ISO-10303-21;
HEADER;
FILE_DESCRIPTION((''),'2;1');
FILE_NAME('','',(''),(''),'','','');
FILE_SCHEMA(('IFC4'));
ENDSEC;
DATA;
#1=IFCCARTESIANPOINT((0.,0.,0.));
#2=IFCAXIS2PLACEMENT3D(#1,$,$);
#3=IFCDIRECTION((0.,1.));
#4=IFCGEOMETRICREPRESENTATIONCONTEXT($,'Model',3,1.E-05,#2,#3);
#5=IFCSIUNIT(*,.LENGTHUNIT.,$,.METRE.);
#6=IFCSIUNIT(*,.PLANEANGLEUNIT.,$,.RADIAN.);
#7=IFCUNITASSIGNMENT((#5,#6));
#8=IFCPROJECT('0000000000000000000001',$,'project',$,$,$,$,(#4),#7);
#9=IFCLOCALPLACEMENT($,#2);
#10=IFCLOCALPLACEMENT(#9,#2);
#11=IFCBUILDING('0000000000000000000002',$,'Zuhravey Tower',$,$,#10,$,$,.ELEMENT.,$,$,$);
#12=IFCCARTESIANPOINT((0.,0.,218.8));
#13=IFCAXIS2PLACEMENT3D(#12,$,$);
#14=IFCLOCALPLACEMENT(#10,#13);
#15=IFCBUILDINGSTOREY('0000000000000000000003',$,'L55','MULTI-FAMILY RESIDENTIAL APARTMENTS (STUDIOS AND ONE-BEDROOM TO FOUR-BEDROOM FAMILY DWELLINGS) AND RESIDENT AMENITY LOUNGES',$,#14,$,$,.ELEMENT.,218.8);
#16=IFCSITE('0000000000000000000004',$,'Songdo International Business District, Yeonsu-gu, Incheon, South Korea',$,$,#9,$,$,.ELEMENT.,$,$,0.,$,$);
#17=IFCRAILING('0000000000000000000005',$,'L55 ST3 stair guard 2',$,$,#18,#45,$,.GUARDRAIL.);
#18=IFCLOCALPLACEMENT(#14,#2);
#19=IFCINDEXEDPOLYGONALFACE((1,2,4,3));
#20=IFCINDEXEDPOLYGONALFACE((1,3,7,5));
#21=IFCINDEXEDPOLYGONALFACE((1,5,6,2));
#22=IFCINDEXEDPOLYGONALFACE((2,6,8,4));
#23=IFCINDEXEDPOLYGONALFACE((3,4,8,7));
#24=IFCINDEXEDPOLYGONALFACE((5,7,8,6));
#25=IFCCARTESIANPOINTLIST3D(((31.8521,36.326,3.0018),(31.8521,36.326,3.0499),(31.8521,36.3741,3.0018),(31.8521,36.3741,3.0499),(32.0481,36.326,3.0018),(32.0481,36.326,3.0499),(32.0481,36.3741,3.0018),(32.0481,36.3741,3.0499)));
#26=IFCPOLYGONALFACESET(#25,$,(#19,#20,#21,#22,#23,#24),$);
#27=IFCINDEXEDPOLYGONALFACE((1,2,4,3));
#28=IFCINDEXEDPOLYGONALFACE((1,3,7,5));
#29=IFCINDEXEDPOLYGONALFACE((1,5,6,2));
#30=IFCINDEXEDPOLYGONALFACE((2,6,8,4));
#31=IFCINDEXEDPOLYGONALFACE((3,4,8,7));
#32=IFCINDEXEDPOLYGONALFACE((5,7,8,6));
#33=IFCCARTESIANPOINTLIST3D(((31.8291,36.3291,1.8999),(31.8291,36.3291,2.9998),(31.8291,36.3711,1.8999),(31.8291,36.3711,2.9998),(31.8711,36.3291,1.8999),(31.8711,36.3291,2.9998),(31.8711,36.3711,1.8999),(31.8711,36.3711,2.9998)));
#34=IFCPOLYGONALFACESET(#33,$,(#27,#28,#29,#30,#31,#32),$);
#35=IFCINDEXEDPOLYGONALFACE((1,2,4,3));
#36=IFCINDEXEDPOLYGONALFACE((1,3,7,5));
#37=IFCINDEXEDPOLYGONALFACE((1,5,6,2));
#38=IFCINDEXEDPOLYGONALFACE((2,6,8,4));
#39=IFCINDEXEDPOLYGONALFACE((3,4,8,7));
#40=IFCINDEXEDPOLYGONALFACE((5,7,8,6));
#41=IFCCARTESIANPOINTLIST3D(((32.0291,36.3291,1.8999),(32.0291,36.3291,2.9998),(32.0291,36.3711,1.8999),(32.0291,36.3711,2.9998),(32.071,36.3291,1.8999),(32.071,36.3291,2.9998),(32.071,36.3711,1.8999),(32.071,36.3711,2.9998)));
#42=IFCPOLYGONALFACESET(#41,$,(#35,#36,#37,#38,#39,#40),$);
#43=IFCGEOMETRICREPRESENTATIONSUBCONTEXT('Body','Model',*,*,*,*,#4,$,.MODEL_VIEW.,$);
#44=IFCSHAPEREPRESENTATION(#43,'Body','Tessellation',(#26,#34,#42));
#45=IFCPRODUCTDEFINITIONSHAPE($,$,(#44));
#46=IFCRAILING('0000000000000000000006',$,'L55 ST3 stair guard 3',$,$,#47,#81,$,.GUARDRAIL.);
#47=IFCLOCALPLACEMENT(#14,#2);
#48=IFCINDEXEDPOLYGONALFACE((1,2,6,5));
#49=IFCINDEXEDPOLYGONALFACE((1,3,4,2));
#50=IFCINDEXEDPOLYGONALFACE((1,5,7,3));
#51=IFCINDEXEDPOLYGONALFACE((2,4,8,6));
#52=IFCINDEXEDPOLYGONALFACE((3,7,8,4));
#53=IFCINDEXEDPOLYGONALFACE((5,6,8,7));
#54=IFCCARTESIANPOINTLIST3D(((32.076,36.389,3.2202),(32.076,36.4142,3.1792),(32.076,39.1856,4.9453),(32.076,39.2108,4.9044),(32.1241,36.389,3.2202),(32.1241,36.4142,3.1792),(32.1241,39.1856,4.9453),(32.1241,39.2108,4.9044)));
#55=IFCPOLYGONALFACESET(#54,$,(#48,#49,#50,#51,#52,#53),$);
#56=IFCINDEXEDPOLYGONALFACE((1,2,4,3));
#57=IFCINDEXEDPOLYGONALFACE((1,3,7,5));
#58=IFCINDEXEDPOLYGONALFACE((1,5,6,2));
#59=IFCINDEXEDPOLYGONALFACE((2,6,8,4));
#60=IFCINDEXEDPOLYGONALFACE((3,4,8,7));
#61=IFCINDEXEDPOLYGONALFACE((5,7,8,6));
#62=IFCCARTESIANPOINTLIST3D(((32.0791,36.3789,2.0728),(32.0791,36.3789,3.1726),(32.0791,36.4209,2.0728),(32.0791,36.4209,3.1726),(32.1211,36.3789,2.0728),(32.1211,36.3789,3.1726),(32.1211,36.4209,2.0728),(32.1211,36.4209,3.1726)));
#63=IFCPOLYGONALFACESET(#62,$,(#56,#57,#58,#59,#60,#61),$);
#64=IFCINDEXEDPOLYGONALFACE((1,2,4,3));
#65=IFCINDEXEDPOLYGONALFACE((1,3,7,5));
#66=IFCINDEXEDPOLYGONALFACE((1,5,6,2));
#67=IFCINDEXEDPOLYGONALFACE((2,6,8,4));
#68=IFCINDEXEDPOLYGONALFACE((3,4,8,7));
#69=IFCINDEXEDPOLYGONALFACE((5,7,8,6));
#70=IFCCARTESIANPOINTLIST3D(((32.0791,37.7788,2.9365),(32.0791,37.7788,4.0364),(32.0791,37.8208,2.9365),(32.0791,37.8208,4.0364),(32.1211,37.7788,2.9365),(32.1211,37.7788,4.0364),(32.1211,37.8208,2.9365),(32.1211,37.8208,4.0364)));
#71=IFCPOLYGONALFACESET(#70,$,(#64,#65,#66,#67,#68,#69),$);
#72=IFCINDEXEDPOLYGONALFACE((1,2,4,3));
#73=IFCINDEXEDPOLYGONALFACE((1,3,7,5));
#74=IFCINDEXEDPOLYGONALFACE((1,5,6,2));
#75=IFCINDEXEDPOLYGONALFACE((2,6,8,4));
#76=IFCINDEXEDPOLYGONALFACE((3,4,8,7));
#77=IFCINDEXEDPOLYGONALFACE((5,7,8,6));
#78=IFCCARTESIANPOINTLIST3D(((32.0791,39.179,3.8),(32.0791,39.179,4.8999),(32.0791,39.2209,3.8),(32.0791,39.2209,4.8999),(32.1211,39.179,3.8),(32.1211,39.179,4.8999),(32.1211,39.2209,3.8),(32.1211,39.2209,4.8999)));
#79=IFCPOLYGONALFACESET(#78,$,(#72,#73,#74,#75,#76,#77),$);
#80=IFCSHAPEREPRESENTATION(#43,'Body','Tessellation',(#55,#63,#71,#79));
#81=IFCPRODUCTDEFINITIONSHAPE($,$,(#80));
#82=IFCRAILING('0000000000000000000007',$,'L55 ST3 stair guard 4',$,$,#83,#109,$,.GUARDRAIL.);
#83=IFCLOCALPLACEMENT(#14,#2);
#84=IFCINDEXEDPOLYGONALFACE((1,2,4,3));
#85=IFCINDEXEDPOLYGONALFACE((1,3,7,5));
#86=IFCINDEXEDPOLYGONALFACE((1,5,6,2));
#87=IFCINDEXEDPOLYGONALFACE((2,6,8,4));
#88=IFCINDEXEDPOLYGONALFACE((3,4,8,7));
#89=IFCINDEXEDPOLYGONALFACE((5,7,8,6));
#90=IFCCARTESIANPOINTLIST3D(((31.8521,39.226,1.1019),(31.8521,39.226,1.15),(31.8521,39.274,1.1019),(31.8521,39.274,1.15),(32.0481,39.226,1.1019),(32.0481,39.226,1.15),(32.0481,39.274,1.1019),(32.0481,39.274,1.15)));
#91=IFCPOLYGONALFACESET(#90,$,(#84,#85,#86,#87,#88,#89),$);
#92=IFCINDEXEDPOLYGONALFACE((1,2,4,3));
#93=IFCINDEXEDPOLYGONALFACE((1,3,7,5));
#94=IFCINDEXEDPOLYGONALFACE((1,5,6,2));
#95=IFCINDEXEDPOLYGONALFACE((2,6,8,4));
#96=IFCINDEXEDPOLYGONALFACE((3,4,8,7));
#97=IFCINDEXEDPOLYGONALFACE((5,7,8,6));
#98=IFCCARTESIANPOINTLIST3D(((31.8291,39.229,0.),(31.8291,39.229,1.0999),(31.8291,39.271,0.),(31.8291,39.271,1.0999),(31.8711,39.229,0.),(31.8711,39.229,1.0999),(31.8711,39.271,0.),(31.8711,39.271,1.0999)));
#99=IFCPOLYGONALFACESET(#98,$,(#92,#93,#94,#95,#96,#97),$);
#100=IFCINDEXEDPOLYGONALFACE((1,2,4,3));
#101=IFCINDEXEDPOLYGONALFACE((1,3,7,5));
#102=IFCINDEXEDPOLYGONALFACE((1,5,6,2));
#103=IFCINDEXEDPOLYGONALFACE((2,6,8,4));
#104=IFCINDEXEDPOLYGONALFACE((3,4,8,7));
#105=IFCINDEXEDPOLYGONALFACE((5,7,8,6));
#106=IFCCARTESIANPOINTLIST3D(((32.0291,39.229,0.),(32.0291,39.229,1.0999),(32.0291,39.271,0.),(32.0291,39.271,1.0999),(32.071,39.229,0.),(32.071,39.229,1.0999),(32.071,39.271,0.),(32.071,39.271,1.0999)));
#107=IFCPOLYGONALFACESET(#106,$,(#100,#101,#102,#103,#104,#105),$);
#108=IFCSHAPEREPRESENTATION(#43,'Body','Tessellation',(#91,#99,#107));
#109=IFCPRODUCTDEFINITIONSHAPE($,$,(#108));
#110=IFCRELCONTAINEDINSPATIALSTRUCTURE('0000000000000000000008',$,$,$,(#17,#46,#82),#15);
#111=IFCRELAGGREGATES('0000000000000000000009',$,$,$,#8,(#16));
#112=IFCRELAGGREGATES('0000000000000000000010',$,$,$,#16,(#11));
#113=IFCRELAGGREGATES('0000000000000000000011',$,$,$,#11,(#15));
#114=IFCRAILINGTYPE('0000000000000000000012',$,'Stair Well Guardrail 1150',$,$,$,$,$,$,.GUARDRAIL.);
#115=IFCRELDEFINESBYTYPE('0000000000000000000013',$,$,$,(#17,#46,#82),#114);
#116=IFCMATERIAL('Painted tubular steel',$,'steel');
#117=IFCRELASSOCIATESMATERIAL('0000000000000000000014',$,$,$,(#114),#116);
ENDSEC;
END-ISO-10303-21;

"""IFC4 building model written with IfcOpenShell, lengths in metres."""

from ifc_helpers import new_model, si_unit, direction, frame, origin, origin_2d, place, context, subcontext, project, spatial, rectangle, extrude, material, type_object, element, save


model = new_model("IFC4")

# Units and contexts
model_context = context("Model", 3, precision=1e-05, world=origin(), true_north=direction((0.0, 1.0)))
body_context = subcontext(model_context, "Body", "Model", "MODEL_VIEW")
ifc_project = project(units=[si_unit("LENGTHUNIT", "METRE"), si_unit("PLANEANGLEUNIT", "RADIAN")], contexts=[model_context])

# Site, building, storey
site_placement = place(None, origin())
site = spatial("IfcSite", under=ifc_project, at=site_placement, Name="Songdo International Business District, Yeonsu-gu, Incheon, South Korea", CompositionType="ELEMENT", RefElevation=0.0)
building_placement = place(site_placement, origin())
building = spatial("IfcBuilding", under=site, at=building_placement, Name="Zuhravey Tower", CompositionType="ELEMENT")
storey_placement = place(building_placement, frame((0.0, 0.0, 218.8)))
storey = spatial("IfcBuildingStorey", under=building, at=storey_placement, Name="L55", Description="MULTI-FAMILY RESIDENTIAL APARTMENTS (STUDIOS AND ONE-BEDROOM TO FOUR-BEDROOM FAMILY DWELLINGS) AND RESIDENT AMENITY LOUNGES", CompositionType="ELEMENT", Elevation=218.8)

# Railings
ifc_material_1 = material(Name="Painted tubular steel", Category="steel")
railing_type_1 = type_object("IfcRailingType", Name="Stair Well Guardrail 1150", PredefinedType="GUARDRAIL", material=ifc_material_1)
railing_1_placement = place(storey_placement, frame((31.8501, 36.3501, 1.8999)))
element("IfcRailing", 1, at=railing_1_placement, inside=storey, type_object=railing_type_1, Name="L55 ST3 stair guard 2", PredefinedType="GUARDRAIL", context=body_context, shape_type="SweptSolid", body=[
    extrude(rectangle(XDim=0.0481, YDim=0.0481, at=origin_2d()), frame((0.002, 0.0, 1.126), z_axis=(1.0, 0.0, 0.0), x_axis=(0.0, 1.0, 0.0)), (0.0, 0.0, 1.0), 0.196),
    extrude(rectangle(XDim=0.042, YDim=0.042, at=origin_2d()), origin(), (0.0, 0.0, 1.0), 1.0999),
    extrude(rectangle(XDim=0.042, YDim=0.042, at=origin_2d()), frame((0.2, 0.0, 0.0)), (0.0, 0.0, 1.0), 1.0999),
])
railing_2_placement = place(storey_placement, frame((32.1001, 36.3999, 2.0728)))
element("IfcRailing", 2, at=railing_2_placement, inside=storey, type_object=railing_type_1, Name="L55 ST3 stair guard 3", PredefinedType="GUARDRAIL", context=body_context, shape_type="SweptSolid", body=[
    extrude(rectangle(XDim=0.0481, YDim=0.0481, at=origin_2d()), frame((0.0, 0.0017, 1.127), z_axis=(0.0, 0.85109, 0.52502), x_axis=(-1.0, 0.0, 0.0)), (0.0, 0.0, 1.0), 3.2859),
    extrude(rectangle(XDim=0.042, YDim=0.042, at=origin_2d()), origin(), (0.0, 0.0, 1.0), 1.0999),
    extrude(rectangle(XDim=0.042, YDim=0.042, at=origin_2d()), frame((0.0, 1.3999, 0.8638)), (0.0, 0.0, 1.0), 1.0999),
    extrude(rectangle(XDim=0.042, YDim=0.042, at=origin_2d()), frame((0.0, 2.8, 1.7273)), (0.0, 0.0, 1.0), 1.0999),
])
railing_3_placement = place(storey_placement, frame((31.8501, 39.25, 0.0)))
element("IfcRailing", 3, at=railing_3_placement, inside=storey, type_object=railing_type_1, Name="L55 ST3 stair guard 4", PredefinedType="GUARDRAIL", context=body_context, shape_type="SweptSolid", body=[
    extrude(rectangle(XDim=0.0481, YDim=0.0481, at=origin_2d()), frame((0.002, 0.0, 1.126), z_axis=(1.0, 0.0, 0.0), x_axis=(0.0, 1.0, 0.0)), (0.0, 0.0, 1.0), 0.196),
    extrude(rectangle(XDim=0.042, YDim=0.042, at=origin_2d()), origin(), (0.0, 0.0, 1.0), 1.0999),
    extrude(rectangle(XDim=0.042, YDim=0.042, at=origin_2d()), frame((0.2, 0.0, 0.0)), (0.0, 0.0, 1.0), 1.0999),
])

save(model, "model.ifc")
